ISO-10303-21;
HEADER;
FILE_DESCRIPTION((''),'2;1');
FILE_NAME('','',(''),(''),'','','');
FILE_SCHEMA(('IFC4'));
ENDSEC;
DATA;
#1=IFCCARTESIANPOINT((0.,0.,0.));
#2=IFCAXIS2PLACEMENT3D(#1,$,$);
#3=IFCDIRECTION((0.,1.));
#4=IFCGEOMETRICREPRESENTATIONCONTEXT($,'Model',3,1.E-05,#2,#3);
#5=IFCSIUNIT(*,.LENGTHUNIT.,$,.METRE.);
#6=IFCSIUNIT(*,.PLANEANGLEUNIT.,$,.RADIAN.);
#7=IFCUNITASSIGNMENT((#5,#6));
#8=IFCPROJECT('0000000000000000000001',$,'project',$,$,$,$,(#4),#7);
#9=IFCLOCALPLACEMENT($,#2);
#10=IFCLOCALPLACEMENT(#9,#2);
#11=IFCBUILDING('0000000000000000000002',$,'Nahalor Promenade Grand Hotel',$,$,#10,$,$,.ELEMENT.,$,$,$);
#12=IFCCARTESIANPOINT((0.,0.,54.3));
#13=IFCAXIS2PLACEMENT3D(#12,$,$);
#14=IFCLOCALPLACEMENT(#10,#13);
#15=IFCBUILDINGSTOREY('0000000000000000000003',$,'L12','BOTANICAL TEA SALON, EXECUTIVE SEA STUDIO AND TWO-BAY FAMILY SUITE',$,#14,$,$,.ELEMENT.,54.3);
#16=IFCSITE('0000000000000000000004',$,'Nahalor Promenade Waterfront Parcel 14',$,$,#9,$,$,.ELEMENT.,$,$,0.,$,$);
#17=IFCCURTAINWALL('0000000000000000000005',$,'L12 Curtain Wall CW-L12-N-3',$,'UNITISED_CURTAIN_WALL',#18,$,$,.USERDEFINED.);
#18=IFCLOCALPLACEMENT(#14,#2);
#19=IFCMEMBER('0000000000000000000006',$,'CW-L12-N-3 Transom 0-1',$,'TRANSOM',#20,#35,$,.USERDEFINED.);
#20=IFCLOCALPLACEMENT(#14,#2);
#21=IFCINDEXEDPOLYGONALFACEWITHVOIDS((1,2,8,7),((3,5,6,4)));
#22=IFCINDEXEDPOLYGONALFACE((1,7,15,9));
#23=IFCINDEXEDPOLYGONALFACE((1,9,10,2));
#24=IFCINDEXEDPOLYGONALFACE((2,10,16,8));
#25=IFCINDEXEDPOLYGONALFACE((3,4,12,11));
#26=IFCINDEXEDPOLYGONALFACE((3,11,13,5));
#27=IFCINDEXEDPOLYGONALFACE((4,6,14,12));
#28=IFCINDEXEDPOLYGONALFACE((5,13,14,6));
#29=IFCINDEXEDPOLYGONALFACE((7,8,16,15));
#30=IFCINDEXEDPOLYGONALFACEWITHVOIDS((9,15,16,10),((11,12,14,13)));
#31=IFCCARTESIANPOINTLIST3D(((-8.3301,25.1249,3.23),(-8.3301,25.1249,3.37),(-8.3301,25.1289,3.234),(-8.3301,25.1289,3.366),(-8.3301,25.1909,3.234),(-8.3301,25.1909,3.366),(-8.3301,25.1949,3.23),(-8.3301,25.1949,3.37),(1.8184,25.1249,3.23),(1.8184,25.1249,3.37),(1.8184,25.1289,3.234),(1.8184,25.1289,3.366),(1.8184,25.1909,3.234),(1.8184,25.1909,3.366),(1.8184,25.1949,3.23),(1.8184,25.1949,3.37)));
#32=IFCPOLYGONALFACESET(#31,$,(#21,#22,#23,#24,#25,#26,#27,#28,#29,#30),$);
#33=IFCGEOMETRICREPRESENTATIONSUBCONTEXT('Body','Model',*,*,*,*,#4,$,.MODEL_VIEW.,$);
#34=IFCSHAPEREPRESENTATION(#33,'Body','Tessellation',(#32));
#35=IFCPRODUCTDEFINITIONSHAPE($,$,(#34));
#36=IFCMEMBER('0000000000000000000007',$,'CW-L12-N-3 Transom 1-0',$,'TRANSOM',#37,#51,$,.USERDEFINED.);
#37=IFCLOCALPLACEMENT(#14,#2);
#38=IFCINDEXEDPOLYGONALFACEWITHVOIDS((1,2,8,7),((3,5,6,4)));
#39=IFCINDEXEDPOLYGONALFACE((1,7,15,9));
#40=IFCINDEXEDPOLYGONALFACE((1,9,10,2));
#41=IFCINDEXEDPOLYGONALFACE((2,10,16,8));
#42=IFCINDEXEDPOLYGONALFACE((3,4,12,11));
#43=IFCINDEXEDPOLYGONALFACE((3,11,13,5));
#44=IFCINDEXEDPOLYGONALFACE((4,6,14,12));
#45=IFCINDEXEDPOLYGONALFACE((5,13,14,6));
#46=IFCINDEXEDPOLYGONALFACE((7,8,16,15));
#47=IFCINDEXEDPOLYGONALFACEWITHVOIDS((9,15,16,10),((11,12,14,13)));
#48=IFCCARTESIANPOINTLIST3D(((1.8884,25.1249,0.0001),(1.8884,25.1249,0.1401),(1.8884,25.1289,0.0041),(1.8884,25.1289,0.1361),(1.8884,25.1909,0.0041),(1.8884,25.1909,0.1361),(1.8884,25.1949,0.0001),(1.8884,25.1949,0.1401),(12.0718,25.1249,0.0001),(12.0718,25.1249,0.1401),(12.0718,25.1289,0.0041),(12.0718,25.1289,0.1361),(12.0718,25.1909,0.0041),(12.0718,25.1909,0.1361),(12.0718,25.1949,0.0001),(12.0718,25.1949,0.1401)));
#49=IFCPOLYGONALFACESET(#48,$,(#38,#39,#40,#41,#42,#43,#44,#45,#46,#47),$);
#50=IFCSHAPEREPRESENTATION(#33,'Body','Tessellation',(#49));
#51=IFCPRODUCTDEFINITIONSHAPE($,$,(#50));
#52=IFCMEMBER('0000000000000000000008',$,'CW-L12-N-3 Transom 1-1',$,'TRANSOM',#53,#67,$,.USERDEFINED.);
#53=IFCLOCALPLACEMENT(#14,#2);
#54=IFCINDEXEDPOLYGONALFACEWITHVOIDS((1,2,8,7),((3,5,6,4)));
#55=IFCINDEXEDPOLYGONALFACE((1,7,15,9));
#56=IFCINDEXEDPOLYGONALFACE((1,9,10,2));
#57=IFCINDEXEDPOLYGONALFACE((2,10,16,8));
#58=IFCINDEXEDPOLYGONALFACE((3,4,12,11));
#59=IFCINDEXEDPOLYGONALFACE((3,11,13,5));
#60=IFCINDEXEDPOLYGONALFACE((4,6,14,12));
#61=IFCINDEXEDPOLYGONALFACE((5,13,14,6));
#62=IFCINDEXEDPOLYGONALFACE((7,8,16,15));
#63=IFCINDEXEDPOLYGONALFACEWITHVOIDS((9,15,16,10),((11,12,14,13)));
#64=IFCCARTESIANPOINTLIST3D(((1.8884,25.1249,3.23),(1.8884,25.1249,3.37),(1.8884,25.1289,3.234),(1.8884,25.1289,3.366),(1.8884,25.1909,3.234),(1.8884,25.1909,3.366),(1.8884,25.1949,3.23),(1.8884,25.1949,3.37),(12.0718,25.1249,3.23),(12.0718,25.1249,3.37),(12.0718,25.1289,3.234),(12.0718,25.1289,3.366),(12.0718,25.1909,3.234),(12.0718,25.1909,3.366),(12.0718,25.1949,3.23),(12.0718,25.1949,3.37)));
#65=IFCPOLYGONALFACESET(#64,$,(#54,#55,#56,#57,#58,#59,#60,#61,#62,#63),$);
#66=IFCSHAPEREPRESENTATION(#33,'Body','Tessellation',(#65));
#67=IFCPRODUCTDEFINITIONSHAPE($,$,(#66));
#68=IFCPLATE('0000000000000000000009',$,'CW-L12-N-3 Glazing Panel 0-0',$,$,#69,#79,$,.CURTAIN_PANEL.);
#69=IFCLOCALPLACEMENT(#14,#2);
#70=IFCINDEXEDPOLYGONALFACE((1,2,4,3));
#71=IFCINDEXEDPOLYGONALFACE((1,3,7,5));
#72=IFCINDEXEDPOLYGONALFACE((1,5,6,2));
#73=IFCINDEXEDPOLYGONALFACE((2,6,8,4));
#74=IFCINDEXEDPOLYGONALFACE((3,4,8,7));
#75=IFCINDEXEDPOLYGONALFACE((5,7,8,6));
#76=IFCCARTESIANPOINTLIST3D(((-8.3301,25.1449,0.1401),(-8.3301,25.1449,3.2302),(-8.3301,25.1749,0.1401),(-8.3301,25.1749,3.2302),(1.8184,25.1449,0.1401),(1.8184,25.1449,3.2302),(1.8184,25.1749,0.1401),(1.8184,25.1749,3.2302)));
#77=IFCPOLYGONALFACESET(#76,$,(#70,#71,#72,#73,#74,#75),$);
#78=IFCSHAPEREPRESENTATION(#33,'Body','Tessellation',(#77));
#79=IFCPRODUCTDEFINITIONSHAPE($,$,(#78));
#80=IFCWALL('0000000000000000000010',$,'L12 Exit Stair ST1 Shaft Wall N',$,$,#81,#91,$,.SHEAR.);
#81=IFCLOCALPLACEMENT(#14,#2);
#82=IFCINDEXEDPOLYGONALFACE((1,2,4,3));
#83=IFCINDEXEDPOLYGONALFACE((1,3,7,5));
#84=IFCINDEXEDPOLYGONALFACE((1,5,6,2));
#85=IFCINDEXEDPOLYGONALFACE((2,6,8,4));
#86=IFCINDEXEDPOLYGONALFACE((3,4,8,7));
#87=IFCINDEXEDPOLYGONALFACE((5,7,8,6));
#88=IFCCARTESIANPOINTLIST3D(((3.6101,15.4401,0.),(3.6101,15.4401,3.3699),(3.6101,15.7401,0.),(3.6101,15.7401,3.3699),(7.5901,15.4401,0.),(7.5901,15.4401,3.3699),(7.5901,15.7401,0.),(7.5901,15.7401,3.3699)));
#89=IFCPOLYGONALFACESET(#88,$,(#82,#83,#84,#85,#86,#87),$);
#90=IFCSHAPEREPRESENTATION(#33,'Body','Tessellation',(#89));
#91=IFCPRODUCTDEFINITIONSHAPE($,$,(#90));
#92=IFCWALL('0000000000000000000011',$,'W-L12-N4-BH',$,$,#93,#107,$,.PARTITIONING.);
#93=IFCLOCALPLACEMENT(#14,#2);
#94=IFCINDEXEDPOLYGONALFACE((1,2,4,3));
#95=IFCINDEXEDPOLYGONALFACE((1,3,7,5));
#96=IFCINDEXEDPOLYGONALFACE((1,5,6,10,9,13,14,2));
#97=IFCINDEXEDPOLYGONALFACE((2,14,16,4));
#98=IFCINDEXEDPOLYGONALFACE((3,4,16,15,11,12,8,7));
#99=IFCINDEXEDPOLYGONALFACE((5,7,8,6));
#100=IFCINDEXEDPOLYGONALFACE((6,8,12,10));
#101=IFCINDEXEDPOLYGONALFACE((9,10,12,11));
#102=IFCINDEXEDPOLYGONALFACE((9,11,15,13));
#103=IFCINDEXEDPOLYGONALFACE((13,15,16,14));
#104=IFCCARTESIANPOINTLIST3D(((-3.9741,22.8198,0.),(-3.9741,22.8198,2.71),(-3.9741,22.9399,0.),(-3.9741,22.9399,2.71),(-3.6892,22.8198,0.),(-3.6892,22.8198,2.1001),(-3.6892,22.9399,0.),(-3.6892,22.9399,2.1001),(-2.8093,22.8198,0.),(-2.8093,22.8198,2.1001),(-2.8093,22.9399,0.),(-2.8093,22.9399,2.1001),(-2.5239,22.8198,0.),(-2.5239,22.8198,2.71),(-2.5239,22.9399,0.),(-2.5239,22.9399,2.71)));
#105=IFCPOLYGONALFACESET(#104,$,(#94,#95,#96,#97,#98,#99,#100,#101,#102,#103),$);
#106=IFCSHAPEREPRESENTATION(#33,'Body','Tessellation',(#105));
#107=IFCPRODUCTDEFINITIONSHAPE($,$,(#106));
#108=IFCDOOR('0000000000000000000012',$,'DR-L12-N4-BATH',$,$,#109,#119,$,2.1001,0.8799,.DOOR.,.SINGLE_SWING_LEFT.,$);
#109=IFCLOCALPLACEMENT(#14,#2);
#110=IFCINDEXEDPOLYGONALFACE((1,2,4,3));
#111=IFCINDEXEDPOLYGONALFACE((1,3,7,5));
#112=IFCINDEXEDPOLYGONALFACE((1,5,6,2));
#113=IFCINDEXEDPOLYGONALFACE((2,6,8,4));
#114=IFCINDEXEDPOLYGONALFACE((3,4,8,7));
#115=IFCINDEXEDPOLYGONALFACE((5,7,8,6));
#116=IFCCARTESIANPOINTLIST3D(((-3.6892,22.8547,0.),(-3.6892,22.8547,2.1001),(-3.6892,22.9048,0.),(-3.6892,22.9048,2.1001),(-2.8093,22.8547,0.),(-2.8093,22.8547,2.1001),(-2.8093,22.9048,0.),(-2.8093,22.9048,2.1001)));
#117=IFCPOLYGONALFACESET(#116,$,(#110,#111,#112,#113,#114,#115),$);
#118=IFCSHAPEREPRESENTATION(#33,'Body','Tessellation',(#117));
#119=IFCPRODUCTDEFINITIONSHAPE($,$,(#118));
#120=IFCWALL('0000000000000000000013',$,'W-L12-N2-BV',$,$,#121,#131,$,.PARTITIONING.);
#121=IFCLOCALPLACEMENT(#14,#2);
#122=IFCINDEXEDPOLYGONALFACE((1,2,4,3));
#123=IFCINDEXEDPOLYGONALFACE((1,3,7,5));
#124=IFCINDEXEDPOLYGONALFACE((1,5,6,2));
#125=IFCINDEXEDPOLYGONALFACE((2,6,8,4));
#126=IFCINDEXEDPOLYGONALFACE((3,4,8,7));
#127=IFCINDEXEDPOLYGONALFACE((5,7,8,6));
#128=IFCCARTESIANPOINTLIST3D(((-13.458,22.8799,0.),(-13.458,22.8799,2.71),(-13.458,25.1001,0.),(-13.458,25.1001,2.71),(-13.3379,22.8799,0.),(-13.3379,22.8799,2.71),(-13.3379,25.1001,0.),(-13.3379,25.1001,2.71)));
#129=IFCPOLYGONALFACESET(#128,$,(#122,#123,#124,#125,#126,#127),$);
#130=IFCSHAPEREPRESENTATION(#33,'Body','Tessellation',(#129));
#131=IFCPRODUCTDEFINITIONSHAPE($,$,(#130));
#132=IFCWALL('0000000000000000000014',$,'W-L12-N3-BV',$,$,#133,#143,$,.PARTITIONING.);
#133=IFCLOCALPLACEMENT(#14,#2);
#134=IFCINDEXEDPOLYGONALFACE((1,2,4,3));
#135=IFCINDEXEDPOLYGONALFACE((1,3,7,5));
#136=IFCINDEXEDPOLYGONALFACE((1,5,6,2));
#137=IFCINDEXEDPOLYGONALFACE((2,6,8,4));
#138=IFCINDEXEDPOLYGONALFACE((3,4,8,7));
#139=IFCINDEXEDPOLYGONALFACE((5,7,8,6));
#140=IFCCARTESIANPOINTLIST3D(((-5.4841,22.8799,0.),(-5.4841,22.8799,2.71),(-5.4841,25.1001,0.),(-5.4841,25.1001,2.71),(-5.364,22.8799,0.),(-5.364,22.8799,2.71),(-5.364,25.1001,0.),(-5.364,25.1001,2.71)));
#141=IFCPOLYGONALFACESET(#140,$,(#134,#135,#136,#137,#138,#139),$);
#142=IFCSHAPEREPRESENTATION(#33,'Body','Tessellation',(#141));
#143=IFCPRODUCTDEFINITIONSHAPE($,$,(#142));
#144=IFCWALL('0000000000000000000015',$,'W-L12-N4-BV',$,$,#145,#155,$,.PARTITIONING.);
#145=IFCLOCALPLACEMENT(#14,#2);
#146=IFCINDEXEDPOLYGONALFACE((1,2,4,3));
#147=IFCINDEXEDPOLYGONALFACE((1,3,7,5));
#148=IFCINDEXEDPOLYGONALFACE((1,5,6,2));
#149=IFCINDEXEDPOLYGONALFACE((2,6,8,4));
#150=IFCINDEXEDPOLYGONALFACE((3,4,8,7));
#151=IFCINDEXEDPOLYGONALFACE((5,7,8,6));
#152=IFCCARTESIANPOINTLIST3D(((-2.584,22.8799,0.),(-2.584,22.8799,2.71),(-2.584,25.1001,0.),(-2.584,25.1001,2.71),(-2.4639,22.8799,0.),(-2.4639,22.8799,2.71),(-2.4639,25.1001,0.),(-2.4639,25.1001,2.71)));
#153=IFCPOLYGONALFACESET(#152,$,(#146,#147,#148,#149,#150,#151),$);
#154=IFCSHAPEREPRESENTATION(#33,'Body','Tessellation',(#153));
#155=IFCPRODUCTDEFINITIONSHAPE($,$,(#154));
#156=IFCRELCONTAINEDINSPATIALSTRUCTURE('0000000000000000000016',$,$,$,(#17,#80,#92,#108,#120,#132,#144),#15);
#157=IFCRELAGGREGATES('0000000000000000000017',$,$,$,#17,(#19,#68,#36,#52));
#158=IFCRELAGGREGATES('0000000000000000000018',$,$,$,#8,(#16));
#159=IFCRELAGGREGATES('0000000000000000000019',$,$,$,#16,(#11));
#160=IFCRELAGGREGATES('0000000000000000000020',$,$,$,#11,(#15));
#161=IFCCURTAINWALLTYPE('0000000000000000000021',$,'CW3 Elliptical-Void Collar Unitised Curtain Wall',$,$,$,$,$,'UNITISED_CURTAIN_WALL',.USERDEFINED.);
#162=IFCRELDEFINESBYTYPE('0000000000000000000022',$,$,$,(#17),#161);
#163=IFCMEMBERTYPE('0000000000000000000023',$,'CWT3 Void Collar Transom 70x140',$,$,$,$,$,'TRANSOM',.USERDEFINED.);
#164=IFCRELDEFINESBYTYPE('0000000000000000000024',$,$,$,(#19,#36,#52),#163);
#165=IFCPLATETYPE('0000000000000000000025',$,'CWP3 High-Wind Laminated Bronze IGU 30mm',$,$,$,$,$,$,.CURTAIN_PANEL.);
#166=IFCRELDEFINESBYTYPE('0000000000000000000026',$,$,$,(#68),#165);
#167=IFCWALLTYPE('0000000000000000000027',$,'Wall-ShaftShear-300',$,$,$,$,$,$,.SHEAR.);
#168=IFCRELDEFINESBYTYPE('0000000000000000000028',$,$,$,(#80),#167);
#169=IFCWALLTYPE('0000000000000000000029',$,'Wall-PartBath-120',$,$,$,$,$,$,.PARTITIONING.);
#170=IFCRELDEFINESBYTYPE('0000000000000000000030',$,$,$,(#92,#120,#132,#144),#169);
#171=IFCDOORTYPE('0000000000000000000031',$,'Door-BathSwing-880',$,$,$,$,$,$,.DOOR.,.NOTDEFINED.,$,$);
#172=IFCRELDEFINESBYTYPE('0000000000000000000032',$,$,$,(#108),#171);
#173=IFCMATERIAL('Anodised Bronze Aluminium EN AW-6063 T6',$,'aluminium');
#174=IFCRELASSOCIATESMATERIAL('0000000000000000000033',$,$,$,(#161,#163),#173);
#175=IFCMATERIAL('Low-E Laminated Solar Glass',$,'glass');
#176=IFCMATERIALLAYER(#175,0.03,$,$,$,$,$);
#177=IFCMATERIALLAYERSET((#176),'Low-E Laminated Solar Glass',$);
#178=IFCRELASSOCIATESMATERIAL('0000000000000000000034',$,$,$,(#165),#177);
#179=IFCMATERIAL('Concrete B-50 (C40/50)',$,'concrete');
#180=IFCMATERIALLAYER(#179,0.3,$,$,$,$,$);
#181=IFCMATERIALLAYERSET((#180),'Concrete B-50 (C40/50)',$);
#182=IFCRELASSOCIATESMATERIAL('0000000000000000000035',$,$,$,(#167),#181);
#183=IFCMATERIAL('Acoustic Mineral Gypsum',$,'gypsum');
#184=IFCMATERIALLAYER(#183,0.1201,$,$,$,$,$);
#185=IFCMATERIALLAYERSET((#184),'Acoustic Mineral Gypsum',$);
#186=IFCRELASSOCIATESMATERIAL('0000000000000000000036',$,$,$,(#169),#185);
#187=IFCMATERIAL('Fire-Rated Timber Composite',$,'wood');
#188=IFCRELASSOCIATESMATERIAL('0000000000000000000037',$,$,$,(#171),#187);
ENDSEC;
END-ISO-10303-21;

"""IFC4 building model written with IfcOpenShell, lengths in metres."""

from ifc_helpers import new_model, si_unit, direction, frame, frame_2d, origin, origin_2d, place, context, subcontext, project, spatial, rectangle, hollow_rectangle, extrude, source, transform, mapped, material, layer, layer_set, material_profile, profile_set, type_object, element, fill, aggregate, save


model = new_model("IFC4")

# Units and contexts
model_context = context("Model", 3, precision=1e-05, world=origin(), true_north=direction((0.0, 1.0)))
body_context = subcontext(model_context, "Body", "Model", "MODEL_VIEW")
ifc_project = project(units=[si_unit("LENGTHUNIT", "METRE"), si_unit("PLANEANGLEUNIT", "RADIAN")], contexts=[model_context])

# Site, building, storey
site_placement = place(None, origin())
site = spatial("IfcSite", under=ifc_project, at=site_placement, Name="Nahalor Promenade Waterfront Parcel 14", CompositionType="ELEMENT", RefElevation=0.0)
building_placement = place(site_placement, origin())
building = spatial("IfcBuilding", under=site, at=building_placement, Name="Nahalor Promenade Grand Hotel", CompositionType="ELEMENT")
storey_placement = place(building_placement, frame((0.0, 0.0, 54.3)))
storey = spatial("IfcBuildingStorey", under=building, at=storey_placement, Name="L12", Description="BOTANICAL TEA SALON, EXECUTIVE SEA STUDIO AND TWO-BAY FAMILY SUITE", CompositionType="ELEMENT", Elevation=54.3)

# Curtain wall, members, plate
ifc_material_1 = material(Name="Anodised Bronze Aluminium EN AW-6063 T6", Category="aluminium")
curtain_wall_type = type_object("IfcCurtainWallType", Name="CW3 Elliptical-Void Collar Unitised Curtain Wall", ElementType="UNITISED_CURTAIN_WALL", PredefinedType="USERDEFINED", material=ifc_material_1)
curtain_wall_placement = place(storey_placement, origin())
curtain_wall = element("IfcCurtainWall", 1, at=curtain_wall_placement, inside=storey, type_object=curtain_wall_type, Name="L12 Curtain Wall CW-L12-N-3", ObjectType="UNITISED_CURTAIN_WALL", PredefinedType="USERDEFINED")
ifc_material_profile_1 = material_profile(ifc_material_1, hollow_rectangle(XDim=0.07, YDim=0.14, WallThickness=0.004, at=origin_2d()), Name="CWT 70x140x4")
ifc_profile_set_1 = profile_set([ifc_material_profile_1], Name="Anodised Bronze Aluminium EN AW-6063 T6")
member_type_1 = type_object("IfcMemberType", Name="CWT3 Void Collar Transom 70x140", ElementType="TRANSOM", PredefinedType="USERDEFINED", material=ifc_profile_set_1)
shared_shape_1 = source(origin(), body_context, "Body", "SweptSolid", [
    extrude(hollow_rectangle(XDim=0.07, YDim=0.14, WallThickness=0.004, at=origin_2d()), origin(), (0.0, 0.0, 1.0), 10.1484),
])
member_1_placement = place(storey_placement, frame((-8.3301, 25.1599, 3.3), z_axis=(1.0, 0.0, 0.0), x_axis=(0.0, 1.0, 0.0)))
member_1 = element("IfcMember", 2, at=member_1_placement, type_object=member_type_1, Name="CW-L12-N-3 Transom 0-1", ObjectType="TRANSOM", PredefinedType="USERDEFINED", context=body_context, shape_type="MappedRepresentation", body=[
    mapped(shared_shape_1, transform((0.0, 0.0, 0.0), scale=1.0)),
])
shared_shape_2 = source(origin(), body_context, "Body", "SweptSolid", [
    extrude(hollow_rectangle(XDim=0.07, YDim=0.14, WallThickness=0.004, at=origin_2d()), origin(), (0.0, 0.0, 1.0), 10.1833),
])
member_2_placement = place(storey_placement, frame((1.8884, 25.1599, 0.0701), z_axis=(1.0, 0.0, 0.0), x_axis=(0.0, 1.0, 0.0)))
member_2 = element("IfcMember", 3, at=member_2_placement, type_object=member_type_1, Name="CW-L12-N-3 Transom 1-0", ObjectType="TRANSOM", PredefinedType="USERDEFINED", context=body_context, shape_type="MappedRepresentation", body=[
    mapped(shared_shape_2, transform((0.0, 0.0, 0.0), scale=1.0)),
])
member_3_placement = place(storey_placement, frame((1.8884, 25.1599, 3.3), z_axis=(1.0, 0.0, 0.0), x_axis=(0.0, 1.0, 0.0)))
member_3 = element("IfcMember", 4, at=member_3_placement, type_object=member_type_1, Name="CW-L12-N-3 Transom 1-1", ObjectType="TRANSOM", PredefinedType="USERDEFINED", context=body_context, shape_type="MappedRepresentation", body=[
    mapped(shared_shape_2, transform((0.0, 0.0, 0.0), scale=1.0)),
])
ifc_material_2 = material(Name="Low-E Laminated Solar Glass", Category="glass")
ifc_layer_1 = layer(ifc_material_2, 0.03)
ifc_layer_set_1 = layer_set([ifc_layer_1], Name="Low-E Laminated Solar Glass")
plate_type = type_object("IfcPlateType", Name="CWP3 High-Wind Laminated Bronze IGU 30mm", PredefinedType="CURTAIN_PANEL", material=ifc_layer_set_1)
shared_shape_3 = source(origin(), body_context, "Body", "SweptSolid", [
    extrude(rectangle(XDim=10.1484, YDim=0.03, at=origin_2d()), origin(), (0.0, 0.0, 1.0), 3.0901),
])
plate_placement = place(storey_placement, frame((-3.2559, 25.1599, 0.1401), z_axis=(0.0, 0.0, 1.0), x_axis=(1.0, 0.0, 0.0)))
plate = element("IfcPlate", 5, at=plate_placement, type_object=plate_type, Name="CW-L12-N-3 Glazing Panel 0-0", PredefinedType="CURTAIN_PANEL", context=body_context, shape_type="MappedRepresentation", body=[
    mapped(shared_shape_3, transform((0.0, 0.0, 0.0), scale=1.0)),
])
aggregate(curtain_wall, [member_1, plate, member_2, member_3])

# Wall
ifc_material_3 = material(Name="Concrete B-50 (C40/50)", Category="concrete")
ifc_layer_2 = layer(ifc_material_3, 0.3)
ifc_layer_set_2 = layer_set([ifc_layer_2], Name="Concrete B-50 (C40/50)")
wall_type_1 = type_object("IfcWallType", Name="Wall-ShaftShear-300", PredefinedType="SHEAR", material=ifc_layer_set_2)
shared_shape_4 = source(origin(), body_context, "Body", "SweptSolid", [
    extrude(rectangle(XDim=3.98, YDim=0.3, at=frame_2d((1.99, 0.0))), origin(), (0.0, 0.0, 1.0), 3.3699),
])
wall_1_placement = place(storey_placement, frame((3.6101, 15.5901, 0.0), z_axis=(0.0, 0.0, 1.0), x_axis=(1.0, 0.0, 0.0)))
element("IfcWall", 6, at=wall_1_placement, inside=storey, type_object=wall_type_1, Name="L12 Exit Stair ST1 Shaft Wall N", PredefinedType="SHEAR", context=body_context, shape_type="MappedRepresentation", body=[
    mapped(shared_shape_4, transform((0.0, 0.0, 0.0), scale=1.0)),
])

# Wall, opening, door
ifc_material_4 = material(Name="Acoustic Mineral Gypsum", Category="gypsum")
ifc_layer_3 = layer(ifc_material_4, 0.1201)
ifc_layer_set_3 = layer_set([ifc_layer_3], Name="Acoustic Mineral Gypsum")
wall_type_2 = type_object("IfcWallType", Name="Wall-PartBath-120", PredefinedType="PARTITIONING", material=ifc_layer_set_3)
shared_shape_5 = source(origin(), body_context, "Body", "SweptSolid", [
    extrude(rectangle(XDim=1.4502, YDim=0.1201, at=frame_2d((0.7251, 0.0))), origin(), (0.0, 0.0, 1.0), 2.71),
])
wall_2_placement = place(storey_placement, frame((-3.9741, 22.8799, 0.0), z_axis=(0.0, 0.0, 1.0), x_axis=(1.0, 0.0, 0.0)))
wall_2 = element("IfcWall", 7, at=wall_2_placement, inside=storey, type_object=wall_type_2, Name="W-L12-N4-BH", PredefinedType="PARTITIONING", context=body_context, shape_type="MappedRepresentation", body=[
    mapped(shared_shape_5, transform((0.0, 0.0, 0.0), scale=1.0)),
])
opening_1_placement = place(wall_2_placement, frame((0.2849, 0.0, 0.0)))
opening_1 = element("IfcOpeningElement", 8, at=opening_1_placement, cuts=wall_2, PredefinedType="OPENING", context=body_context, shape_type="SweptSolid", body=[
    extrude(rectangle(XDim=0.8799, YDim=2.1001, at=frame_2d((0.4399, 1.05))), frame((0.0, 0.0701, 0.0), z_axis=(0.0, -1.0, 0.0), x_axis=(1.0, 0.0, 0.0)), (0.0, 0.0, 1.0), 0.1401),
])
ifc_material_5 = material(Name="Fire-Rated Timber Composite", Category="wood")
door_type = type_object("IfcDoorType", Name="Door-BathSwing-880", OperationType="NOTDEFINED", PredefinedType="DOOR", material=ifc_material_5)
shared_shape_6 = source(origin(), body_context, "Body", "SweptSolid", [
    extrude(rectangle(XDim=0.8799, YDim=2.1001, at=frame_2d((0.4399, 1.05))), frame((0.0, 0.0249, 0.0), z_axis=(0.0, -1.0, 0.0), x_axis=(1.0, 0.0, 0.0)), (0.0, 0.0, 1.0), 0.05),
])
door_1_placement = place(opening_1_placement, origin())
door_1 = element("IfcDoor", 9, at=door_1_placement, inside=storey, type_object=door_type, Name="DR-L12-N4-BATH", OperationType="SINGLE_SWING_LEFT", OverallHeight=2.1001, OverallWidth=0.8799, PredefinedType="DOOR", context=body_context, shape_type="MappedRepresentation", body=[
    mapped(shared_shape_6, transform((0.0, 0.0, 0.0), scale=1.0)),
])
fill(opening_1, door_1)

# Walls
shared_shape_7 = source(origin(), body_context, "Body", "SweptSolid", [
    extrude(rectangle(XDim=2.2202, YDim=0.1201, at=frame_2d((1.1101, 0.0))), origin(), (0.0, 0.0, 1.0), 2.71),
])
for number, where, z_axis, x_axis, name in (
    (10, (-13.3979, 22.8799, 0.0), (0.0, 0.0, 1.0), (0.0, 1.0, 0.0), "W-L12-N2-BV"),
    (11, (-5.4241, 22.8799, 0.0), (0.0, 0.0, 1.0), (0.0, 1.0, 0.0), "W-L12-N3-BV"),
    (12, (-2.5239, 22.8799, 0.0), (0.0, 0.0, 1.0), (0.0, 1.0, 0.0), "W-L12-N4-BV"),
):
    element("IfcWall", number, at=place(storey_placement, frame(where, z_axis=z_axis, x_axis=x_axis)), inside=storey, type_object=wall_type_2, Name=name, PredefinedType="PARTITIONING", context=body_context, shape_type="MappedRepresentation", body=[
        mapped(shared_shape_7, transform((0.0, 0.0, 0.0), scale=1.0)),
    ])

save(model, "model.ifc")
